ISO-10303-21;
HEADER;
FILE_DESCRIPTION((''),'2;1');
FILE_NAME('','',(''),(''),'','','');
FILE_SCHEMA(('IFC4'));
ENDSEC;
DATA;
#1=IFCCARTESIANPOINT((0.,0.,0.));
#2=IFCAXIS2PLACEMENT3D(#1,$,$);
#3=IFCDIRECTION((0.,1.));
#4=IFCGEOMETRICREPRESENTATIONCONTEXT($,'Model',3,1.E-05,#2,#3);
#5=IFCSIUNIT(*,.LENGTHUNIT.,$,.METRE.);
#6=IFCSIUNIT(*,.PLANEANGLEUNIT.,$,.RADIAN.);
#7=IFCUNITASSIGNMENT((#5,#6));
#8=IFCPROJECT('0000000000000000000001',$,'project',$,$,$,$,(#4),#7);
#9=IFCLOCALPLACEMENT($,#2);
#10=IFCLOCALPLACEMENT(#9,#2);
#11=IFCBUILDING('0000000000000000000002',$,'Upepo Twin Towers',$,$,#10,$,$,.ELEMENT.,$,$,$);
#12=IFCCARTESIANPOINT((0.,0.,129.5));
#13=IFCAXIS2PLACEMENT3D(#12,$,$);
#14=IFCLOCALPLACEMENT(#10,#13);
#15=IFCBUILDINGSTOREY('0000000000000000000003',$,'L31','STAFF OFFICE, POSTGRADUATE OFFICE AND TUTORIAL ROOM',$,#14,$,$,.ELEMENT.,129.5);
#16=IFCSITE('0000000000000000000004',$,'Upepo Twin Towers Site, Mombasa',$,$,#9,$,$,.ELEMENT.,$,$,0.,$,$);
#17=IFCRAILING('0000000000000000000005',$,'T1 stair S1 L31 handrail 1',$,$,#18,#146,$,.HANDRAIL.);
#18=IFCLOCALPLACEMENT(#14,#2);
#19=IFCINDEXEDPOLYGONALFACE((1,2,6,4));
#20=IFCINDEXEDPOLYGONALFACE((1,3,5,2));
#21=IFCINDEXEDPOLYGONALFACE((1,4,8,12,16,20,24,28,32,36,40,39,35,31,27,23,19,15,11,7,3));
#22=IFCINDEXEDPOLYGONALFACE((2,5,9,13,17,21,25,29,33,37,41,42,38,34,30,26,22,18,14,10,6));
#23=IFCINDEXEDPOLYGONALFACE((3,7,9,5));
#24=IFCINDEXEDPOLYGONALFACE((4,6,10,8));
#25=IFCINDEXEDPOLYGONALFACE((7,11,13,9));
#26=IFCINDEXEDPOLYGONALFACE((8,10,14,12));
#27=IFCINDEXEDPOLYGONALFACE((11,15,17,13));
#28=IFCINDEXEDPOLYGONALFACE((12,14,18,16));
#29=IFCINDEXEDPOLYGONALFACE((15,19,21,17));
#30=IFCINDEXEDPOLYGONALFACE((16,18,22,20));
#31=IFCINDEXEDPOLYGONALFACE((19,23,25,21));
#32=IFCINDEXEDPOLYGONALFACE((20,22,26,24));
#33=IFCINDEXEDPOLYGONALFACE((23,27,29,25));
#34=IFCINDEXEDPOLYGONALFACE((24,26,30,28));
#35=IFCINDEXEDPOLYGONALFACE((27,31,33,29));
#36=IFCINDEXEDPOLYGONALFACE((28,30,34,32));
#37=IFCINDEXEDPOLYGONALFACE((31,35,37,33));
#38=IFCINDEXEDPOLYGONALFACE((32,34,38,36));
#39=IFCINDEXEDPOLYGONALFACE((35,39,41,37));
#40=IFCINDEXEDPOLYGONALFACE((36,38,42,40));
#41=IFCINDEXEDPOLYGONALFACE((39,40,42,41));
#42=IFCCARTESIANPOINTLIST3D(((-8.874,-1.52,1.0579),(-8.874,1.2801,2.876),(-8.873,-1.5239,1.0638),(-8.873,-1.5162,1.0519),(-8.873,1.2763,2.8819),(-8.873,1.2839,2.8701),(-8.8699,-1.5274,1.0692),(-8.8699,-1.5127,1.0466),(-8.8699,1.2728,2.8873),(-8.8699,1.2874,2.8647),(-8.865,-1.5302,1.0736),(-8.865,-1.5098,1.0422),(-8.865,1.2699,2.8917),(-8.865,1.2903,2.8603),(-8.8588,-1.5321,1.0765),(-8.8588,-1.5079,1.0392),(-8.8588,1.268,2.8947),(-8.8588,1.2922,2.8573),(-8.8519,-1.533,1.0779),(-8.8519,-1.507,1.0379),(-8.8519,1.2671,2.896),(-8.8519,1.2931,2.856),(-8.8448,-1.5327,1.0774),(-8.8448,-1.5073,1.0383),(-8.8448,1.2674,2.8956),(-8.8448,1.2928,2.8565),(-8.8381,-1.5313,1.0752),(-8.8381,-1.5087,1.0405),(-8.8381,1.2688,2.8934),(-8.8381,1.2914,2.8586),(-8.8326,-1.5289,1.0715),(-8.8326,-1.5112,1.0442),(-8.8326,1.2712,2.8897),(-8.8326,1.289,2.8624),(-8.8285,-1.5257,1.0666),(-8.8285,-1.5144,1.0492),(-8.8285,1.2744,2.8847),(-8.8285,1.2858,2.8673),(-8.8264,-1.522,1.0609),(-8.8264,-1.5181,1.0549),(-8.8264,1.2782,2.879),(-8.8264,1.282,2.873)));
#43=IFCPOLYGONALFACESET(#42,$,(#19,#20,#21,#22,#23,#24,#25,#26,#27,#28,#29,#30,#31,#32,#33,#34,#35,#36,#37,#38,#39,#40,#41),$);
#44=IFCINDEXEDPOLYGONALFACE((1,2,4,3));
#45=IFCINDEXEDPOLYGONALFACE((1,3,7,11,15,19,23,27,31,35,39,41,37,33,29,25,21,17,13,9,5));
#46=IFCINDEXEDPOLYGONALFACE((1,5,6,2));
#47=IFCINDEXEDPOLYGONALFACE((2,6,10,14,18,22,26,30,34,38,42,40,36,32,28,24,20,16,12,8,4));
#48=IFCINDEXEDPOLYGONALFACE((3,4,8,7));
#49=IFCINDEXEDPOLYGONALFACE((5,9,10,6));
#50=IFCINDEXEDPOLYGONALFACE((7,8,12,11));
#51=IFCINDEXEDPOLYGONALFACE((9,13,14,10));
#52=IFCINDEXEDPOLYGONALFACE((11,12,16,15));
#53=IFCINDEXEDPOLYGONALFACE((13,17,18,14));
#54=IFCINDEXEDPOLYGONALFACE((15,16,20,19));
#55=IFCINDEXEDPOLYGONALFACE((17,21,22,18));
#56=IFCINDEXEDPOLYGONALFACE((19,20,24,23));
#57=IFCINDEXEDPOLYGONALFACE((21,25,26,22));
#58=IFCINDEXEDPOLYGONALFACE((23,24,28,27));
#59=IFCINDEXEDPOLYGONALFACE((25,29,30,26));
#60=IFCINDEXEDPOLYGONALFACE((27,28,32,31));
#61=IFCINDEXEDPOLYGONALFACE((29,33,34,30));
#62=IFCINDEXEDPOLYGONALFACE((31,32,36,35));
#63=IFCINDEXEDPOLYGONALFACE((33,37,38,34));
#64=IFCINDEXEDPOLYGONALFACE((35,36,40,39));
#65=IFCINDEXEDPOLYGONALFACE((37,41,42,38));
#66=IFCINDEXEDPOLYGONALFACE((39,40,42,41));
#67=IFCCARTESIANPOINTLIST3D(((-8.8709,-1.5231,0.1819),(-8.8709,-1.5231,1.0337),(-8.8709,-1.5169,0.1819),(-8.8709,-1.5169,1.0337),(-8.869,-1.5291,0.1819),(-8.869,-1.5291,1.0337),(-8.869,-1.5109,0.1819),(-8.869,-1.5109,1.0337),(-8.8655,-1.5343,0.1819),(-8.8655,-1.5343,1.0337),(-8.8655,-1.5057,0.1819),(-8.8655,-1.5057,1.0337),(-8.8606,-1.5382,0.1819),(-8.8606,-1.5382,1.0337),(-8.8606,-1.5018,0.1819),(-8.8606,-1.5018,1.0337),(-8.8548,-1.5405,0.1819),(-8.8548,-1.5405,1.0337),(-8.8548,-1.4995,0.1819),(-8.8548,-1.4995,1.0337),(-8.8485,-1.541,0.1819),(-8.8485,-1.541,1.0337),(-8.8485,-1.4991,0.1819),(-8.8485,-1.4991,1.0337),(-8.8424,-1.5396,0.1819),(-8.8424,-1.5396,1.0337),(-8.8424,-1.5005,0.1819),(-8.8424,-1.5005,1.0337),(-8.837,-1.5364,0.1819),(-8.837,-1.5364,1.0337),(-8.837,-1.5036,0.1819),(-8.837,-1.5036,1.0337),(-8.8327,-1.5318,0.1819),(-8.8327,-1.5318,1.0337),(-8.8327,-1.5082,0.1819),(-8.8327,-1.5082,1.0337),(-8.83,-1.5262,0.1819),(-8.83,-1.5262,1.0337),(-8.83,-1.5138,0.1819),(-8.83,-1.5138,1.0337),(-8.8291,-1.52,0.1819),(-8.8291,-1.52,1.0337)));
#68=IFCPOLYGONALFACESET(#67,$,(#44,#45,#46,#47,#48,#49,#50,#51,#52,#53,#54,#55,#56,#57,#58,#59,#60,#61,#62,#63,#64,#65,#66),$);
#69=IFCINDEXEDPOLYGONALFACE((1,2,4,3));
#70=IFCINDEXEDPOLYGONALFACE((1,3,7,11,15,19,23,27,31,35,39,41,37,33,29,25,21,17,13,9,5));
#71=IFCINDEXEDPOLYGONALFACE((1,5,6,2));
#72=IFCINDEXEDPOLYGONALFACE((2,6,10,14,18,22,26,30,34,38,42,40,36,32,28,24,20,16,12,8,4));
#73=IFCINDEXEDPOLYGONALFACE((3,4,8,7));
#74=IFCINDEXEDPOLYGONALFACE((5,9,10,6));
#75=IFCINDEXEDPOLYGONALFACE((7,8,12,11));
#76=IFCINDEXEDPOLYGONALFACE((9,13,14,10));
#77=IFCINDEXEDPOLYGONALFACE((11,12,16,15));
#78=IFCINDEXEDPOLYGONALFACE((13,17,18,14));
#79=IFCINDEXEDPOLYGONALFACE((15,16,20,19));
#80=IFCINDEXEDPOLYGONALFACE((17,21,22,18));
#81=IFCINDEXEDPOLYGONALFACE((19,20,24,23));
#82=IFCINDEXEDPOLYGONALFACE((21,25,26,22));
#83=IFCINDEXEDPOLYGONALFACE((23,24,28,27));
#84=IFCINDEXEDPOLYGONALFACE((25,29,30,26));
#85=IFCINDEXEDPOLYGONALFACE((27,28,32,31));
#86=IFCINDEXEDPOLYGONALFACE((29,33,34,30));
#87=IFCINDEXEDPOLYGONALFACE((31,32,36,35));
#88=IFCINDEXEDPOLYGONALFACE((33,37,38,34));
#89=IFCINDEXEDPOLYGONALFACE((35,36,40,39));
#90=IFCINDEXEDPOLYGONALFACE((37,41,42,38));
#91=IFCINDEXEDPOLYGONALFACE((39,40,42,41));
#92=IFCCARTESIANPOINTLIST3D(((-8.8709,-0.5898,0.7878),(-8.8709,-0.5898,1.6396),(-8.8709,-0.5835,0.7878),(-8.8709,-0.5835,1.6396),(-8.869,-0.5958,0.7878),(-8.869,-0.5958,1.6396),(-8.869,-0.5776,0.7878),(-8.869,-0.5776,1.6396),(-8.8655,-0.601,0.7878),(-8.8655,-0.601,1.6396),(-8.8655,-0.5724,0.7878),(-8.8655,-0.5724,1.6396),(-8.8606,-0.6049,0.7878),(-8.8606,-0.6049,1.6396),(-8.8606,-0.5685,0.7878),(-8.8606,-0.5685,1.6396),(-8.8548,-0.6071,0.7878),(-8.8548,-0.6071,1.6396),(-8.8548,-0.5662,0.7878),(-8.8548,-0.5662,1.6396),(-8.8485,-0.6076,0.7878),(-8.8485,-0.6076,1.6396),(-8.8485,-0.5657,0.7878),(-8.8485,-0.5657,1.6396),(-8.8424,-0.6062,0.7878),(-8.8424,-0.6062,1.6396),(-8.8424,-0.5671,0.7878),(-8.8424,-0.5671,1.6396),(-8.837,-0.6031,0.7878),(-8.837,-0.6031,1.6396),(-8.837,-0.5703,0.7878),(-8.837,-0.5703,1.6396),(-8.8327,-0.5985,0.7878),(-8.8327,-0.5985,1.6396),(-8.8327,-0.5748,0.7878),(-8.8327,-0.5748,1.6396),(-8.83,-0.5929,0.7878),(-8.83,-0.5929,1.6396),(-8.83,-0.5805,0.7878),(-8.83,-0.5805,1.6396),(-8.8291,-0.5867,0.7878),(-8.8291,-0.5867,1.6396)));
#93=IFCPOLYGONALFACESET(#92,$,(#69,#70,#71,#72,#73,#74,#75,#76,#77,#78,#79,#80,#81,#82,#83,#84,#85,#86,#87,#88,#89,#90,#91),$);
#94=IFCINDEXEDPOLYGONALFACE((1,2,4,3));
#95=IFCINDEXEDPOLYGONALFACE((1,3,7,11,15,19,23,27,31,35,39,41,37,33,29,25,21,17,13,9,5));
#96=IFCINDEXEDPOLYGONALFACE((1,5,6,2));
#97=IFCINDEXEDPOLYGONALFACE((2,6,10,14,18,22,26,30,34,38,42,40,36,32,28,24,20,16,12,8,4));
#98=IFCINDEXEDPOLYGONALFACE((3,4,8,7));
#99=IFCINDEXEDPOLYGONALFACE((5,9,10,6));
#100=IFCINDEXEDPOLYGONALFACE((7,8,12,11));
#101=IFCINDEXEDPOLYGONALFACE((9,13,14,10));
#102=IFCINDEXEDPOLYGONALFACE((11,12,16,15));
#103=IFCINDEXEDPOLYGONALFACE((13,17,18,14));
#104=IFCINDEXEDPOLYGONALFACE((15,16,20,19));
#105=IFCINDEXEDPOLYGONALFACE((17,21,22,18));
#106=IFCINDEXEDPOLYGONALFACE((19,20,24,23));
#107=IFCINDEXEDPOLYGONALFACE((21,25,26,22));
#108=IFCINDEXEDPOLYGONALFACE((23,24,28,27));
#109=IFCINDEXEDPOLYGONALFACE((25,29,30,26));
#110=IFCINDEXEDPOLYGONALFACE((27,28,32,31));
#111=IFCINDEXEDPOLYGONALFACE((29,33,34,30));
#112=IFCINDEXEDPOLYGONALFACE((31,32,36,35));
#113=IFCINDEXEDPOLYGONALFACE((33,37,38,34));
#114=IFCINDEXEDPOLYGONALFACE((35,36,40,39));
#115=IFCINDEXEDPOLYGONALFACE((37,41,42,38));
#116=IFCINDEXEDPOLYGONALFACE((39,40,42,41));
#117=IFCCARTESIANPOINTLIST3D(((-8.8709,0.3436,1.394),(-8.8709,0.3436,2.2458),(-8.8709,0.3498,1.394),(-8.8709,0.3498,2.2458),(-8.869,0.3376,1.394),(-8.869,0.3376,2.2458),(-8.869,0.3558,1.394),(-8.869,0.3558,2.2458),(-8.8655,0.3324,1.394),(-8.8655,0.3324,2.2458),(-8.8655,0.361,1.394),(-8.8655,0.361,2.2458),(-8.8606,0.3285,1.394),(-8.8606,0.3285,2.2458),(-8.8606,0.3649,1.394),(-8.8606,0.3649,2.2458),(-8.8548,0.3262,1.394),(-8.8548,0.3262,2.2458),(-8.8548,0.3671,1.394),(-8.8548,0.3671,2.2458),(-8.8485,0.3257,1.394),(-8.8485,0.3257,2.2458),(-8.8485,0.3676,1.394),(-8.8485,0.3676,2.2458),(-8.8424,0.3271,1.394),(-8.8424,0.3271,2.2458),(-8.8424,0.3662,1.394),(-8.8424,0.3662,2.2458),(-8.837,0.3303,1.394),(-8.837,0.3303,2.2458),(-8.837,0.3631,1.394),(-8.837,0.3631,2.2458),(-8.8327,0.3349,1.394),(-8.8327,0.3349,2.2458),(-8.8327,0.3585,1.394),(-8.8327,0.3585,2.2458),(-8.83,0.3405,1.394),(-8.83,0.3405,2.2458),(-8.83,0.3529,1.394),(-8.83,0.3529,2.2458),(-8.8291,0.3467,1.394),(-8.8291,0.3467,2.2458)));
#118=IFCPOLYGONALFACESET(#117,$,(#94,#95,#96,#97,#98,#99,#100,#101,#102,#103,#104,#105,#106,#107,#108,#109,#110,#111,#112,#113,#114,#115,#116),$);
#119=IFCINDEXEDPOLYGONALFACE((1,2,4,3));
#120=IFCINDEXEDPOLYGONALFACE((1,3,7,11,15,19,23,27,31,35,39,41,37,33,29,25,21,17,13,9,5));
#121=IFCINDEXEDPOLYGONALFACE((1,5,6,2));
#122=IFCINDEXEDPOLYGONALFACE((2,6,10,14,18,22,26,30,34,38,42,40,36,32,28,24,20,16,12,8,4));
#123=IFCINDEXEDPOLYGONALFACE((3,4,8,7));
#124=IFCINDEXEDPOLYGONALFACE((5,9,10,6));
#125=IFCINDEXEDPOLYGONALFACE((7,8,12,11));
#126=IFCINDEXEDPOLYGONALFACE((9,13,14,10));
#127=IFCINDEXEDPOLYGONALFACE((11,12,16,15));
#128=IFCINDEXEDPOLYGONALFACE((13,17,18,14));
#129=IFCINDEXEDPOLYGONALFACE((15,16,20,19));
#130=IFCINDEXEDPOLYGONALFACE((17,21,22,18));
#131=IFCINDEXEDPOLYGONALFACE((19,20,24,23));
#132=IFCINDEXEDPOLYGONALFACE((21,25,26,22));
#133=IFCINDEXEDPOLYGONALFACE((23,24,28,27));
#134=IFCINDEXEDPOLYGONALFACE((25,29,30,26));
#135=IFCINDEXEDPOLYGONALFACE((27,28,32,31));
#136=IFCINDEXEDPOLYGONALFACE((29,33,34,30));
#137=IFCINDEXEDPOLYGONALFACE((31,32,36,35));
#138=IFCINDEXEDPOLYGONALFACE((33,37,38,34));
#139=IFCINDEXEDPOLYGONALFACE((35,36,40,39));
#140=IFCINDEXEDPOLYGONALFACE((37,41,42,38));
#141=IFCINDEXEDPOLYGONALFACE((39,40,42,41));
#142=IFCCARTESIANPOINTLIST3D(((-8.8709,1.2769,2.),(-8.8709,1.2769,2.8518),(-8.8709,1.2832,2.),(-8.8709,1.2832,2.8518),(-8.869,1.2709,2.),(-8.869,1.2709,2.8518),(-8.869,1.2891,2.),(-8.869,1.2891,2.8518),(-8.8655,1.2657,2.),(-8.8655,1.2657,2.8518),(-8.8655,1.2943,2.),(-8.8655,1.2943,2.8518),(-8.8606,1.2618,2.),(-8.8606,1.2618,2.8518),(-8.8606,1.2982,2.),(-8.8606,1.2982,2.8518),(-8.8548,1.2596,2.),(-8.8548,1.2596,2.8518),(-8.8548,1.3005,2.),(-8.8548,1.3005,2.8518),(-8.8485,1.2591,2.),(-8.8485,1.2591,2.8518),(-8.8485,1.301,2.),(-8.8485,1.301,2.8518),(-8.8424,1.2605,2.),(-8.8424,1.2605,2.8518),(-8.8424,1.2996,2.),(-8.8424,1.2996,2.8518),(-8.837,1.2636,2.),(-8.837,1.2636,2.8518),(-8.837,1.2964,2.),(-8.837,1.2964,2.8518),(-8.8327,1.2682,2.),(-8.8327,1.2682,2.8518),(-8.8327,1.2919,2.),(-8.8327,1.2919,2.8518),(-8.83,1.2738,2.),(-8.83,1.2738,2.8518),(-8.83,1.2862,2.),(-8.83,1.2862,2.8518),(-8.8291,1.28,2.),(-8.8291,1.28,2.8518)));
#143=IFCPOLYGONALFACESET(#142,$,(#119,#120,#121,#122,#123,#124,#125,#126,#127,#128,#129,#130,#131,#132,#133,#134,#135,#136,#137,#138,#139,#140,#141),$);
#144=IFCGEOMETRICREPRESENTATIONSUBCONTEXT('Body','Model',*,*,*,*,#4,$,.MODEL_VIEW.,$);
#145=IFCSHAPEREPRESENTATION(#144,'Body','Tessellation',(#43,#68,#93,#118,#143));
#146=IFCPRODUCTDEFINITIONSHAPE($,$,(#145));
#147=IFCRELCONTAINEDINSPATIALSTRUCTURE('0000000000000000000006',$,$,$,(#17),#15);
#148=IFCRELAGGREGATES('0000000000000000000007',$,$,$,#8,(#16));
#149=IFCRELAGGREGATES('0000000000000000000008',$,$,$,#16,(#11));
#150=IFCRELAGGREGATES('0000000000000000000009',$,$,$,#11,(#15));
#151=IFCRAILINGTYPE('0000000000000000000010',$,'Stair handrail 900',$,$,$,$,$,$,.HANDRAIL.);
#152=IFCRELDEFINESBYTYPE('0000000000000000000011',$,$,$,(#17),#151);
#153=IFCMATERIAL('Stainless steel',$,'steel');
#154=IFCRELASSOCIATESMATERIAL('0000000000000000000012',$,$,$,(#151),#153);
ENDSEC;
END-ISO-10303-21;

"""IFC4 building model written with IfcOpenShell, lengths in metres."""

from ifc_helpers import new_model, si_unit, direction, frame, origin, origin_2d, place, context, subcontext, project, spatial, circle, extrude, material, type_object, element, save


model = new_model("IFC4")

# Units and contexts
model_context = context("Model", 3, precision=1e-05, world=origin(), true_north=direction((0.0, 1.0)))
body_context = subcontext(model_context, "Body", "Model", "MODEL_VIEW")
ifc_project = project(units=[si_unit("LENGTHUNIT", "METRE"), si_unit("PLANEANGLEUNIT", "RADIAN")], contexts=[model_context])

# Site, building, storey
site_placement = place(None, origin())
site = spatial("IfcSite", under=ifc_project, at=site_placement, Name="Upepo Twin Towers Site, Mombasa", CompositionType="ELEMENT", RefElevation=0.0)
building_placement = place(site_placement, origin())
building = spatial("IfcBuilding", under=site, at=building_placement, Name="Upepo Twin Towers", CompositionType="ELEMENT")
storey_placement = place(building_placement, frame((0.0, 0.0, 129.5)))
storey = spatial("IfcBuildingStorey", under=building, at=storey_placement, Name="L31", Description="STAFF OFFICE, POSTGRADUATE OFFICE AND TUTORIAL ROOM", CompositionType="ELEMENT", Elevation=129.5)

# Railing
ifc_material_1 = material(Name="Stainless steel", Category="steel")
railing_type = type_object("IfcRailingType", Name="Stair handrail 900", PredefinedType="HANDRAIL", material=ifc_material_1)
railing_1_placement = place(storey_placement, frame((-8.8501, -1.52, 0.1819)))
element("IfcRailing", 1, at=railing_1_placement, inside=storey, type_object=railing_type, Name="T1 stair S1 L31 handrail 1", PredefinedType="HANDRAIL", context=body_context, shape_type="SweptSolid", body=[
    extrude(circle(Radius=0.0239, at=origin_2d()), frame((0.0, 0.0, 0.876), z_axis=(0.0, 0.838706, 0.544585), x_axis=(-1.0, 0.0, 0.0)), (0.0, 0.0, 1.0), 3.3386),
    extrude(circle(Radius=0.021, at=origin_2d()), origin(), (0.0, 0.0, 1.0), 0.8518),
    extrude(circle(Radius=0.021, at=origin_2d()), frame((0.0, 0.9333, 0.606)), (0.0, 0.0, 1.0), 0.8518),
    extrude(circle(Radius=0.021, at=origin_2d()), frame((0.0, 1.8667, 1.2122)), (0.0, 0.0, 1.0), 0.8518),
    extrude(circle(Radius=0.021, at=origin_2d()), frame((0.0, 2.8, 1.8181)), (0.0, 0.0, 1.0), 0.8518),
])

save(model, "model.ifc")
